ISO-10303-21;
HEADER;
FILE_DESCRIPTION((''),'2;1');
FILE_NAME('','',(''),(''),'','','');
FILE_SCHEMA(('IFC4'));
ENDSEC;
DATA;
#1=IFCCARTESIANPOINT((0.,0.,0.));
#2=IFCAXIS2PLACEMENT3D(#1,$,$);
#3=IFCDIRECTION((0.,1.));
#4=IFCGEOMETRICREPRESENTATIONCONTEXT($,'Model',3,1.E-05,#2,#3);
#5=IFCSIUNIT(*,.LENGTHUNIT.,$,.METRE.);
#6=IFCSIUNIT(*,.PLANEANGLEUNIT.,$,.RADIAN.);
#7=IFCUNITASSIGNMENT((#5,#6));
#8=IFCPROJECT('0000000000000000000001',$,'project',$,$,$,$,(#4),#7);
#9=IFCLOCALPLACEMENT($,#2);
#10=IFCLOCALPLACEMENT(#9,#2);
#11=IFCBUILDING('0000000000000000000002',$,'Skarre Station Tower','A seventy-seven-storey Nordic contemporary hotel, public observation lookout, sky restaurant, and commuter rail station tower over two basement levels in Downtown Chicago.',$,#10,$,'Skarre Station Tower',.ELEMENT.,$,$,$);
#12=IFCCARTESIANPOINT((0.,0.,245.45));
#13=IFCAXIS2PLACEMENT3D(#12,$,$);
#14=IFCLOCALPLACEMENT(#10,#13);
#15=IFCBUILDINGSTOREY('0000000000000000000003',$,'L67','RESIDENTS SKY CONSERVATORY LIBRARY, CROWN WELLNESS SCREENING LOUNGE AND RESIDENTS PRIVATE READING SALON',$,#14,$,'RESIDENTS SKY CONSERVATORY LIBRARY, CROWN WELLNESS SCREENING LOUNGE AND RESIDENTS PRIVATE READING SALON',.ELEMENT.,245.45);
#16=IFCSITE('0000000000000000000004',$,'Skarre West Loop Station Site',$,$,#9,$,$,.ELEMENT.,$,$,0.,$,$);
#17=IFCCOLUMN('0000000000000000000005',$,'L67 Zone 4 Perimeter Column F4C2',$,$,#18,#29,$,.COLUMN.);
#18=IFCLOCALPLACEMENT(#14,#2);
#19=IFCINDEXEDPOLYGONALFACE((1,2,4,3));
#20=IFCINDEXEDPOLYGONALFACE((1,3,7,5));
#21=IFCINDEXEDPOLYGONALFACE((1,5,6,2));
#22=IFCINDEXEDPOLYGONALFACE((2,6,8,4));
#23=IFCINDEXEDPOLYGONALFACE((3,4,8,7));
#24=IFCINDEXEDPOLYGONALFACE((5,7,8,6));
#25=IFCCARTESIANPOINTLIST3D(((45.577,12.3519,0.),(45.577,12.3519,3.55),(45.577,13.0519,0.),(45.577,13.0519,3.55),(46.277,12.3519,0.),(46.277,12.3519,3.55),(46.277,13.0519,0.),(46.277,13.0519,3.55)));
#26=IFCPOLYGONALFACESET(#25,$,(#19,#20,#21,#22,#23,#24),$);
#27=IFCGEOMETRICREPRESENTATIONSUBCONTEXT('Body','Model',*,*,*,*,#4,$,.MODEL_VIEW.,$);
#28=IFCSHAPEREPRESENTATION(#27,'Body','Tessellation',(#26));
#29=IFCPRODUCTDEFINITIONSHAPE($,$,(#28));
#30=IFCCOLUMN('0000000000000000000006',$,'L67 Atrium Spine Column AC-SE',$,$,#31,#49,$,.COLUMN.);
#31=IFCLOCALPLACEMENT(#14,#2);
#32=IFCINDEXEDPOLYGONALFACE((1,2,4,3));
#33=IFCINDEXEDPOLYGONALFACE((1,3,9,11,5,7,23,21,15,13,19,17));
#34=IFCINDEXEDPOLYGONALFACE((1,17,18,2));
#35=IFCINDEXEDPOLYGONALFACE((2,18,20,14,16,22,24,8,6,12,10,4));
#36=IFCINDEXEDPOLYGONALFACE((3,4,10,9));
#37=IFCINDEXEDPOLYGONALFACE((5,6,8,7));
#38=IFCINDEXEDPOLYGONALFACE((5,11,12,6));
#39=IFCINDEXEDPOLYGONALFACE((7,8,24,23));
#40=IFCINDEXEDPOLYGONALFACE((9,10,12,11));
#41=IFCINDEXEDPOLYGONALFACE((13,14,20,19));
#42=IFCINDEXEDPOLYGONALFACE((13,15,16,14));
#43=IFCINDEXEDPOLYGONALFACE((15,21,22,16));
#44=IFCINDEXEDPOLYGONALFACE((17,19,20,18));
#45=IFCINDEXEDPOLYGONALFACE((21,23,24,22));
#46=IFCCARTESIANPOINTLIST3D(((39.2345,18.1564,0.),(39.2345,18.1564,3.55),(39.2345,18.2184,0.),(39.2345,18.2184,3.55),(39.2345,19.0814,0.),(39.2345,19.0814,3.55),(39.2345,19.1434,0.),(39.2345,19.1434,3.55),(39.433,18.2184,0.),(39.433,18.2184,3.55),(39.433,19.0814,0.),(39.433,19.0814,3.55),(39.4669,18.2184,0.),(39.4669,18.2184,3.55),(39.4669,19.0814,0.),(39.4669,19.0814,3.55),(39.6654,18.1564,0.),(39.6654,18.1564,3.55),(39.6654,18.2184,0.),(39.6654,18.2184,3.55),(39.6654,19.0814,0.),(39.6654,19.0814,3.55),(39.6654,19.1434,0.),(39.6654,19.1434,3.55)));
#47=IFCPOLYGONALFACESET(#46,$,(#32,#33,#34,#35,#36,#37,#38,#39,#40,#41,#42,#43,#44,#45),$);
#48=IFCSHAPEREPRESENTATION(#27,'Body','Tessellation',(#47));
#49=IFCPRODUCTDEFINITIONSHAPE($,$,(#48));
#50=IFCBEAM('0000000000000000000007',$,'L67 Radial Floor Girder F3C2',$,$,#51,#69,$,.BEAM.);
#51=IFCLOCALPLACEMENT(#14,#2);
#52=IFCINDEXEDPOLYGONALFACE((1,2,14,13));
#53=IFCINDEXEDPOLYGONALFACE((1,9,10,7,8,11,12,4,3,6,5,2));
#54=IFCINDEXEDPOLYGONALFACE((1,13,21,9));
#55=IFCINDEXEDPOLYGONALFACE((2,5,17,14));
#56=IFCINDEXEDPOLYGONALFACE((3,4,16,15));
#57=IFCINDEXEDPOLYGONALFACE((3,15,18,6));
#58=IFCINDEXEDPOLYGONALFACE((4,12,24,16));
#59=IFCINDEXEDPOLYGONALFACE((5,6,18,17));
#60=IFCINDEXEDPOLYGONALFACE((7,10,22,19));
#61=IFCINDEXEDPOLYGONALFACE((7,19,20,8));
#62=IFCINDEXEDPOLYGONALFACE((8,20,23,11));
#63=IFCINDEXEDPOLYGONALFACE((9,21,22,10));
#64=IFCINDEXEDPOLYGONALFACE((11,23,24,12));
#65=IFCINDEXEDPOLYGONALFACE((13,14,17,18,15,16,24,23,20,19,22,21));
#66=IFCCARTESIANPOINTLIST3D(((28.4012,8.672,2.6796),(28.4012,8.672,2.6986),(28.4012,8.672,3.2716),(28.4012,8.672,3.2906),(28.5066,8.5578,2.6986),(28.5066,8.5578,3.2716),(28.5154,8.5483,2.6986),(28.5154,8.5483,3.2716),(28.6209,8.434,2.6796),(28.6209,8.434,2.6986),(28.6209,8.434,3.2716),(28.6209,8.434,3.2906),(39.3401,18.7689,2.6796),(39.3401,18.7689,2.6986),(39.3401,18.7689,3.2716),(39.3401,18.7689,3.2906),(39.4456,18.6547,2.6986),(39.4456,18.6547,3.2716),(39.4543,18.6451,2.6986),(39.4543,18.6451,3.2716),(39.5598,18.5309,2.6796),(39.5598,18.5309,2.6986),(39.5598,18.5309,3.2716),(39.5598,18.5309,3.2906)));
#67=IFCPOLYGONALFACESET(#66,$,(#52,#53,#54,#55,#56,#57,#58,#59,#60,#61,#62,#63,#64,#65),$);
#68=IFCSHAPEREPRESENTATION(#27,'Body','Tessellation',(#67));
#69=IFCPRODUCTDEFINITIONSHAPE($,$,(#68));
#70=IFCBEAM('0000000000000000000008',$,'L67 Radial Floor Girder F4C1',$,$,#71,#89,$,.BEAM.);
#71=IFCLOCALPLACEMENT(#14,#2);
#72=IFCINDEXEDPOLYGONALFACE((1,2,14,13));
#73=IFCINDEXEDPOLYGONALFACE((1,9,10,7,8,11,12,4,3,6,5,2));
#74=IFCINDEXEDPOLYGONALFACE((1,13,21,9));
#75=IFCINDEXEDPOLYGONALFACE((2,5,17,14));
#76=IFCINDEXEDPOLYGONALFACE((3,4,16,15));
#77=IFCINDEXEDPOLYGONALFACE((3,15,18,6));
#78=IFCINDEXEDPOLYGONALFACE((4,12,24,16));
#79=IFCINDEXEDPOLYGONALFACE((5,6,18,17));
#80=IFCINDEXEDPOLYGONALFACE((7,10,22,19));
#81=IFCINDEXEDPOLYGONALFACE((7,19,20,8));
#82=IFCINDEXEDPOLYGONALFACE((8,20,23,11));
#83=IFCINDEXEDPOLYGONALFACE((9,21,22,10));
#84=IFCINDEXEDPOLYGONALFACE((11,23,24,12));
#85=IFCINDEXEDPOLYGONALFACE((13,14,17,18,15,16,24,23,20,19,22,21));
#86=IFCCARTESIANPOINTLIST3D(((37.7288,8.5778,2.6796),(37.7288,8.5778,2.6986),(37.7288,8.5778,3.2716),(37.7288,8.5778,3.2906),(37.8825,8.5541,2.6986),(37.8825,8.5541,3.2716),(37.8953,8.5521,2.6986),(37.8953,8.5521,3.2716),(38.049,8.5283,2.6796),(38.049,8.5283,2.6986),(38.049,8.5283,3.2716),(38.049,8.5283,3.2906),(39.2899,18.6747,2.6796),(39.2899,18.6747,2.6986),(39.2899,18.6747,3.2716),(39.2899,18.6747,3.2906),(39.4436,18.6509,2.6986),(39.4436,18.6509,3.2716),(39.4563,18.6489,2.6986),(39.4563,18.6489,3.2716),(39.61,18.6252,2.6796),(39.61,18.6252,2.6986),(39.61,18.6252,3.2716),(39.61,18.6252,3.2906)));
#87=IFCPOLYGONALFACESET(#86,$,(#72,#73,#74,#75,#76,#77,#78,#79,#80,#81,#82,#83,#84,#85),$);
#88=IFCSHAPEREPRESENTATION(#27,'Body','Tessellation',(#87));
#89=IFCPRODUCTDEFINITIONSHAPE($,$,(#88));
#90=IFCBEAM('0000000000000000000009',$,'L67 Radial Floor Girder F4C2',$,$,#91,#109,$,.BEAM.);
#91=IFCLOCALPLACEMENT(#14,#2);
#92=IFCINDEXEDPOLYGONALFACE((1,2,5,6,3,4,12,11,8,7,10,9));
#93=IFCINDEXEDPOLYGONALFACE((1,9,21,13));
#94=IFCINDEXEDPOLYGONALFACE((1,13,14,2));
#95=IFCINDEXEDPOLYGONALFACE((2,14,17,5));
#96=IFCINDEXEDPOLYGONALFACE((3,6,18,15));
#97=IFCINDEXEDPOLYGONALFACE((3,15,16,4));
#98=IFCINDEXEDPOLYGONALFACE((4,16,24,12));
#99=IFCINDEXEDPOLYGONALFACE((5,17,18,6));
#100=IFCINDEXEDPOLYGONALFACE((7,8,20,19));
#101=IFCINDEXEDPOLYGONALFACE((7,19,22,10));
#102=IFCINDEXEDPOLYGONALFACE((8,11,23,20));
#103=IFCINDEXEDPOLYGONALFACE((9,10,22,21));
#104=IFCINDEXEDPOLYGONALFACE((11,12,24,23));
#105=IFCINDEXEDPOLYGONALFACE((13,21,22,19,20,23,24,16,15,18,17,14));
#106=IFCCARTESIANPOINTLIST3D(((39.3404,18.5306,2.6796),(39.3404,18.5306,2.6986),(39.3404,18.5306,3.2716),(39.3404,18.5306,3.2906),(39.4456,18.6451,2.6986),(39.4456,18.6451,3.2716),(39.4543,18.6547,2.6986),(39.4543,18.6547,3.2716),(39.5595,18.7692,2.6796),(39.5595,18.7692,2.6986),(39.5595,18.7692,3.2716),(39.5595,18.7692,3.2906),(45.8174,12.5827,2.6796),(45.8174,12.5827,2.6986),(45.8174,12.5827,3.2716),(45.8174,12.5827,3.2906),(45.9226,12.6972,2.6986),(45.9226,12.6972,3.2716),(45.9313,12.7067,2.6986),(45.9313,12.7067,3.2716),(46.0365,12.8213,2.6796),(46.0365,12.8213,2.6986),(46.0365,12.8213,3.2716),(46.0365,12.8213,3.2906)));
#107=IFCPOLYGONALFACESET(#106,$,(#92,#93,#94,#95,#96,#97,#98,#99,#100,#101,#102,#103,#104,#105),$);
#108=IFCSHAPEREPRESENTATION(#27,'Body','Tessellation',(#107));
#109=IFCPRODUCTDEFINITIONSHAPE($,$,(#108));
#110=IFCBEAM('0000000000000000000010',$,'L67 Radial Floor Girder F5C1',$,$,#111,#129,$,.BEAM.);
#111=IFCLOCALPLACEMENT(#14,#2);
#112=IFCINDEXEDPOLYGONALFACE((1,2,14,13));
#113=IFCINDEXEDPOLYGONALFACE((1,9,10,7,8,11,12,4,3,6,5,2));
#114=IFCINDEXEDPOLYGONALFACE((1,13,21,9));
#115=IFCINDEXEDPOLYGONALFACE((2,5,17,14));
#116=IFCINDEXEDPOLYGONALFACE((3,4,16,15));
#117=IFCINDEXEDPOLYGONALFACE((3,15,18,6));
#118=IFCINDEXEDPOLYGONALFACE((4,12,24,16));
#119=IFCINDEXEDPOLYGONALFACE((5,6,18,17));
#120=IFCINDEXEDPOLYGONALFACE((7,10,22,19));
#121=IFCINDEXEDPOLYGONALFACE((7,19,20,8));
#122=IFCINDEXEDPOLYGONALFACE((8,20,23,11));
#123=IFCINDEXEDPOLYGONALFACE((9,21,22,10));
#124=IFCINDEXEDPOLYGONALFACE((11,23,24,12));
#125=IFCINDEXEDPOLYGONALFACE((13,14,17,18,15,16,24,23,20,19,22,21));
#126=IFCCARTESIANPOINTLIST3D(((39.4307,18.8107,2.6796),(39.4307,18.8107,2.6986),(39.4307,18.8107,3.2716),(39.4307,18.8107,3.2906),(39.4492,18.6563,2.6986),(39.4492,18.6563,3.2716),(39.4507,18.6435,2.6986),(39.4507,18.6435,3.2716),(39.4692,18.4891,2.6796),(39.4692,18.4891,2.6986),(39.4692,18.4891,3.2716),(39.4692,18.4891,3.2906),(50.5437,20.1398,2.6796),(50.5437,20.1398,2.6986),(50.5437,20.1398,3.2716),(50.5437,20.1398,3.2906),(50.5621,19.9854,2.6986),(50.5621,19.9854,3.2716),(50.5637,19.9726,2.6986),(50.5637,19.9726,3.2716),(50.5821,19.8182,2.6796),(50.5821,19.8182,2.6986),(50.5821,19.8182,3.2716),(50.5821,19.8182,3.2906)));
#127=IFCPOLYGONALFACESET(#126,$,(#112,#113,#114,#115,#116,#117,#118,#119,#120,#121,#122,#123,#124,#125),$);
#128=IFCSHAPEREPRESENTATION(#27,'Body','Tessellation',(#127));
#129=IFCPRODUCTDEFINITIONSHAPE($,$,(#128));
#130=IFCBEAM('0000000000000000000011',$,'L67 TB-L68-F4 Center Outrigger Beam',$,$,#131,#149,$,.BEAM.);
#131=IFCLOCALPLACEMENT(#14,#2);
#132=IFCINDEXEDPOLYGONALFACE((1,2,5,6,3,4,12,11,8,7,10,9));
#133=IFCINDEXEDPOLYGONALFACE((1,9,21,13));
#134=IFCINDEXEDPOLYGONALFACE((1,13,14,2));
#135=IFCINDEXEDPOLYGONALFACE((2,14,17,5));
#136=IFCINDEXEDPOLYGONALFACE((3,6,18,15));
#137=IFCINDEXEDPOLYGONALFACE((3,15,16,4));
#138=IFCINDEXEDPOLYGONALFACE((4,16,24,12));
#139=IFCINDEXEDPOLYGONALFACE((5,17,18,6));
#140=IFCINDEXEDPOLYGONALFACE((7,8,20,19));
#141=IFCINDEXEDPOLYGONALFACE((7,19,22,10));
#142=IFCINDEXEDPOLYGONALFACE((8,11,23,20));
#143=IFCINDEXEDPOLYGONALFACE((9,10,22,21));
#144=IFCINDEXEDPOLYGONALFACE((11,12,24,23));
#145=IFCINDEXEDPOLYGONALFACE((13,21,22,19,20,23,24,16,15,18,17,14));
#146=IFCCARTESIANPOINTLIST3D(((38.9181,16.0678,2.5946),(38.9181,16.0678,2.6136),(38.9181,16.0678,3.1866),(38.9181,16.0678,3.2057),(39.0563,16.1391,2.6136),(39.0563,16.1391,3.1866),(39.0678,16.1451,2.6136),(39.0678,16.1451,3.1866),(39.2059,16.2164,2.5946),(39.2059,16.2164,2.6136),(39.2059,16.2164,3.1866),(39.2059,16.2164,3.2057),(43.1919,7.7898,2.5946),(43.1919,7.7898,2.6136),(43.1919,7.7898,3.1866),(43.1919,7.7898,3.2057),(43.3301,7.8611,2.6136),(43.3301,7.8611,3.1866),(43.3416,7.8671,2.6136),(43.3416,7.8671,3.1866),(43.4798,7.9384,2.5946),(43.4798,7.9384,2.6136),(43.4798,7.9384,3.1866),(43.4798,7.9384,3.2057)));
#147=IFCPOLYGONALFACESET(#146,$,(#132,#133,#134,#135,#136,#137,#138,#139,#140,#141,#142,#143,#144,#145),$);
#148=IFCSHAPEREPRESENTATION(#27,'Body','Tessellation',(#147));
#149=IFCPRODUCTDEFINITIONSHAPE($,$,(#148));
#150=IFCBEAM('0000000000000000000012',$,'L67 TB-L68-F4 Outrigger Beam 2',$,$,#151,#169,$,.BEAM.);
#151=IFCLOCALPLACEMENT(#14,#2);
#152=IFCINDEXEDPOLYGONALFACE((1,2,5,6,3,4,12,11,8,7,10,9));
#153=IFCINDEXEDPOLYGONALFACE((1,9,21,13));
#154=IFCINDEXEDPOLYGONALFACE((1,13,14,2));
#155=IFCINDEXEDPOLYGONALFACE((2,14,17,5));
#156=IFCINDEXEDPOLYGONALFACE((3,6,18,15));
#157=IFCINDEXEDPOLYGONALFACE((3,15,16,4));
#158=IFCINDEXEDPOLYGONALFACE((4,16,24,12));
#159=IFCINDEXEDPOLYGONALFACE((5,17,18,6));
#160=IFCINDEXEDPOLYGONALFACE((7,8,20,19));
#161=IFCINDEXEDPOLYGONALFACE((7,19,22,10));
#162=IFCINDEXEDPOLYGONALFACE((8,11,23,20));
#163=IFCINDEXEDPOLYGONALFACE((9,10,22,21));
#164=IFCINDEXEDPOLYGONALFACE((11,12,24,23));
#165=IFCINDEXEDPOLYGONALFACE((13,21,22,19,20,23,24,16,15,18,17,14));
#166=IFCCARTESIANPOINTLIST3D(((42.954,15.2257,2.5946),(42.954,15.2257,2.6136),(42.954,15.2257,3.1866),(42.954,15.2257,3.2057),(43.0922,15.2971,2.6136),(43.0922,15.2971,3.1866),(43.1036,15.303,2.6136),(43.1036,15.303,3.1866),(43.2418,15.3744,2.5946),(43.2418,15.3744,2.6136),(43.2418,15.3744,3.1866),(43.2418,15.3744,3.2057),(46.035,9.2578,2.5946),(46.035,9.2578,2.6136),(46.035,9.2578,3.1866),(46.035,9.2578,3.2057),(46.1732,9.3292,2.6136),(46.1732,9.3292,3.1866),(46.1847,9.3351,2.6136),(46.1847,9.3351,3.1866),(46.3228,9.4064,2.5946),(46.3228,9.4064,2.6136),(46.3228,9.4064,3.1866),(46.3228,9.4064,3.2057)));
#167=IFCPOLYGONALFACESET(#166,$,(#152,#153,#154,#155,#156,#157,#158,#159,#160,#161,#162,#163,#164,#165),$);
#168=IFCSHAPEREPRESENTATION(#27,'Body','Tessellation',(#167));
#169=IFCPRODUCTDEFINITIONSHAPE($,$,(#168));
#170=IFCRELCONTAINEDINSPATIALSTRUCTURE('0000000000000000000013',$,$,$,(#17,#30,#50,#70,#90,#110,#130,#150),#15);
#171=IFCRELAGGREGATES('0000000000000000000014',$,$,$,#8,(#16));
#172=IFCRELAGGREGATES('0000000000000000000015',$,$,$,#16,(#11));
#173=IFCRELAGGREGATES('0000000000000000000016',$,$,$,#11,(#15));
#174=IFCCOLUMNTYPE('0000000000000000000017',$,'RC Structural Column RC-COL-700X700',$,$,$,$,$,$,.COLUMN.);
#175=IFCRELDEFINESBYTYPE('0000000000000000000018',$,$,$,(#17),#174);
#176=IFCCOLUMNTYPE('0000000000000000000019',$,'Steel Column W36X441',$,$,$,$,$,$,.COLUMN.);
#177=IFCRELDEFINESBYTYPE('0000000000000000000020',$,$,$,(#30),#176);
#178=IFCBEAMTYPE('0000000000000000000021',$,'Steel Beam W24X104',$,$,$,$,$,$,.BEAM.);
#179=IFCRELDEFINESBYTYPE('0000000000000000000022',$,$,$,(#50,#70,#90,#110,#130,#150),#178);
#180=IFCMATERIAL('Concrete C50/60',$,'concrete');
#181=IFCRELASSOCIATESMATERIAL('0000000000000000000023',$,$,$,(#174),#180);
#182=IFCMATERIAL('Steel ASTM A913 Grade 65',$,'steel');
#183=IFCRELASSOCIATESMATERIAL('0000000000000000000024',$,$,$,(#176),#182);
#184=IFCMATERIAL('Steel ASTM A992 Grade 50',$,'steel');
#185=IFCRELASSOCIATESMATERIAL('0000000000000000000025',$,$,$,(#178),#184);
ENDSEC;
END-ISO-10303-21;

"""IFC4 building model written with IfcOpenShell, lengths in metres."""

from ifc_helpers import new_model, si_unit, direction, frame, origin, origin_2d, place, context, subcontext, project, spatial, rectangle, i_section, extrude, material, material_profile, profile_set, type_object, element, save


model = new_model("IFC4")

# Units and contexts
model_context = context("Model", 3, precision=1e-05, world=origin(), true_north=direction((0.0, 1.0)))
body_context = subcontext(model_context, "Body", "Model", "MODEL_VIEW")
ifc_project = project(units=[si_unit("LENGTHUNIT", "METRE"), si_unit("PLANEANGLEUNIT", "RADIAN")], contexts=[model_context])

# Site, building, storey
site_placement = place(None, origin())
site = spatial("IfcSite", under=ifc_project, at=site_placement, Name="Skarre West Loop Station Site", CompositionType="ELEMENT", RefElevation=0.0)
building_placement = place(site_placement, origin())
building = spatial("IfcBuilding", under=site, at=building_placement, Name="Skarre Station Tower", Description="A seventy-seven-storey Nordic contemporary hotel, public observation lookout, sky restaurant, and commuter rail station tower over two basement levels in Downtown Chicago.", LongName="Skarre Station Tower", CompositionType="ELEMENT")
storey_placement = place(building_placement, frame((0.0, 0.0, 245.45)))
storey = spatial("IfcBuildingStorey", under=building, at=storey_placement, Name="L67", Description="RESIDENTS SKY CONSERVATORY LIBRARY, CROWN WELLNESS SCREENING LOUNGE AND RESIDENTS PRIVATE READING SALON", LongName="RESIDENTS SKY CONSERVATORY LIBRARY, CROWN WELLNESS SCREENING LOUNGE AND RESIDENTS PRIVATE READING SALON", CompositionType="ELEMENT", Elevation=245.45)

# Columns
ifc_material_1 = material(Name="Concrete C50/60", Category="concrete")
ifc_material_profile_1 = material_profile(ifc_material_1, rectangle(XDim=0.7, YDim=0.7, at=origin_2d()), Name="Concrete C50/60")
ifc_profile_set_1 = profile_set([ifc_material_profile_1], Name="Concrete C50/60")
column_type_1 = type_object("IfcColumnType", Name="RC Structural Column RC-COL-700X700", PredefinedType="COLUMN", material=ifc_profile_set_1)
column_1_placement = place(storey_placement, frame((45.927, 12.7019, 0.0), z_axis=(0.0, 0.0, 1.0), x_axis=(1.0, 0.0, 0.0)))
element("IfcColumn", 1, at=column_1_placement, inside=storey, type_object=column_type_1, Name="L67 Zone 4 Perimeter Column F4C2", PredefinedType="COLUMN", context=body_context, shape_type="SweptSolid", body=[
    extrude(rectangle(XDim=0.7, YDim=0.7, at=origin_2d()), origin(), (0.0, 0.0, 1.0), 3.55),
])
ifc_material_2 = material(Name="Steel ASTM A913 Grade 65", Category="steel")
ifc_material_profile_2 = material_profile(ifc_material_2, i_section(OverallWidth=0.4309, OverallDepth=0.9871, WebThickness=0.0339, FlangeThickness=0.062, at=origin_2d()), Name="Steel ASTM A913 Grade 65")
ifc_profile_set_2 = profile_set([ifc_material_profile_2], Name="Steel ASTM A913 Grade 65")
column_type_2 = type_object("IfcColumnType", Name="Steel Column W36X441", PredefinedType="COLUMN", material=ifc_profile_set_2)
column_2_placement = place(storey_placement, frame((39.45, 18.6499, 0.0), z_axis=(0.0, 0.0, 1.0), x_axis=(1.0, 0.0, 0.0)))
element("IfcColumn", 2, at=column_2_placement, inside=storey, type_object=column_type_2, Name="L67 Atrium Spine Column AC-SE", PredefinedType="COLUMN", context=body_context, shape_type="SweptSolid", body=[
    extrude(i_section(OverallWidth=0.4309, OverallDepth=0.9871, WebThickness=0.0339, FlangeThickness=0.062, at=origin_2d()), origin(), (0.0, 0.0, 1.0), 3.55),
])

# Beams
ifc_material_3 = material(Name="Steel ASTM A992 Grade 50", Category="steel")
ifc_material_profile_3 = material_profile(ifc_material_3, i_section(OverallWidth=0.324, OverallDepth=0.6111, WebThickness=0.0129, FlangeThickness=0.019, at=origin_2d()), Name="Steel ASTM A992 Grade 50")
ifc_profile_set_3 = profile_set([ifc_material_profile_3], Name="Steel ASTM A992 Grade 50")
beam_type_1 = type_object("IfcBeamType", Name="Steel Beam W24X104", PredefinedType="BEAM", material=ifc_profile_set_3)
beam_1_placement = place(storey_placement, frame((39.45, 18.6499, 2.9851), z_axis=(-0.734823, -0.678259, 0.0), x_axis=(0.678259, -0.734823, 0.0)))
element("IfcBeam", 3, at=beam_1_placement, inside=storey, type_object=beam_type_1, Name="L67 Radial Floor Girder F3C2", PredefinedType="BEAM", context=body_context, shape_type="SweptSolid", body=[
    extrude(i_section(OverallWidth=0.324, OverallDepth=0.6111, WebThickness=0.0129, FlangeThickness=0.019, at=origin_2d()), origin(), (0.0, 0.0, 1.0), 14.8865),
])
beam_2_placement = place(storey_placement, frame((39.45, 18.6499, 2.9851), z_axis=(-0.15279, -0.988259, 0.0), x_axis=(0.988259, -0.15279, 0.0)))
element("IfcBeam", 4, at=beam_2_placement, inside=storey, type_object=beam_type_1, Name="L67 Radial Floor Girder F4C1", PredefinedType="BEAM", context=body_context, shape_type="SweptSolid", body=[
    extrude(i_section(OverallWidth=0.324, OverallDepth=0.6111, WebThickness=0.0129, FlangeThickness=0.019, at=origin_2d()), origin(), (0.0, 0.0, 1.0), 10.2168),
])
beam_3_placement = place(storey_placement, frame((39.45, 18.6499, 2.9851), z_axis=(0.736548, -0.676386, 0.0), x_axis=(0.676386, 0.736548, 0.0)))
element("IfcBeam", 5, at=beam_3_placement, inside=storey, type_object=beam_type_1, Name="L67 Radial Floor Girder F4C2", PredefinedType="BEAM", context=body_context, shape_type="SweptSolid", body=[
    extrude(i_section(OverallWidth=0.324, OverallDepth=0.6111, WebThickness=0.0129, FlangeThickness=0.019, at=origin_2d()), origin(), (0.0, 0.0, 1.0), 8.7937),
])
beam_4_placement = place(storey_placement, frame((39.45, 18.6499, 2.9851), z_axis=(0.992924, 0.118752, 0.0), x_axis=(-0.118752, 0.992924, 0.0)))
element("IfcBeam", 6, at=beam_4_placement, inside=storey, type_object=beam_type_1, Name="L67 Radial Floor Girder F5C1", PredefinedType="BEAM", context=body_context, shape_type="SweptSolid", body=[
    extrude(i_section(OverallWidth=0.324, OverallDepth=0.6111, WebThickness=0.0129, FlangeThickness=0.019, at=origin_2d()), origin(), (0.0, 0.0, 1.0), 11.1921),
])
beam_5_placement = place(storey_placement, frame((39.062, 16.1421, 2.9001), z_axis=(0.458759, -0.888561, 0.0), x_axis=(0.888561, 0.458759, 0.0)))
element("IfcBeam", 7, at=beam_5_placement, inside=storey, type_object=beam_type_1, Name="L67 TB-L68-F4 Center Outrigger Beam", PredefinedType="BEAM", context=body_context, shape_type="SweptSolid", body=[
    extrude(i_section(OverallWidth=0.324, OverallDepth=0.6111, WebThickness=0.0129, FlangeThickness=0.019, at=origin_2d()), origin(), (0.0, 0.0, 1.0), 9.3162),
])
beam_6_placement = place(storey_placement, frame((43.0979, 15.3, 2.9001), z_axis=(0.458736, -0.888573, 0.0), x_axis=(0.888573, 0.458736, 0.0)))
element("IfcBeam", 8, at=beam_6_placement, inside=storey, type_object=beam_type_1, Name="L67 TB-L68-F4 Outrigger Beam 2", PredefinedType="BEAM", context=body_context, shape_type="SweptSolid", body=[
    extrude(i_section(OverallWidth=0.324, OverallDepth=0.6111, WebThickness=0.0129, FlangeThickness=0.019, at=origin_2d()), origin(), (0.0, 0.0, 1.0), 6.7163),
])

save(model, "model.ifc")
